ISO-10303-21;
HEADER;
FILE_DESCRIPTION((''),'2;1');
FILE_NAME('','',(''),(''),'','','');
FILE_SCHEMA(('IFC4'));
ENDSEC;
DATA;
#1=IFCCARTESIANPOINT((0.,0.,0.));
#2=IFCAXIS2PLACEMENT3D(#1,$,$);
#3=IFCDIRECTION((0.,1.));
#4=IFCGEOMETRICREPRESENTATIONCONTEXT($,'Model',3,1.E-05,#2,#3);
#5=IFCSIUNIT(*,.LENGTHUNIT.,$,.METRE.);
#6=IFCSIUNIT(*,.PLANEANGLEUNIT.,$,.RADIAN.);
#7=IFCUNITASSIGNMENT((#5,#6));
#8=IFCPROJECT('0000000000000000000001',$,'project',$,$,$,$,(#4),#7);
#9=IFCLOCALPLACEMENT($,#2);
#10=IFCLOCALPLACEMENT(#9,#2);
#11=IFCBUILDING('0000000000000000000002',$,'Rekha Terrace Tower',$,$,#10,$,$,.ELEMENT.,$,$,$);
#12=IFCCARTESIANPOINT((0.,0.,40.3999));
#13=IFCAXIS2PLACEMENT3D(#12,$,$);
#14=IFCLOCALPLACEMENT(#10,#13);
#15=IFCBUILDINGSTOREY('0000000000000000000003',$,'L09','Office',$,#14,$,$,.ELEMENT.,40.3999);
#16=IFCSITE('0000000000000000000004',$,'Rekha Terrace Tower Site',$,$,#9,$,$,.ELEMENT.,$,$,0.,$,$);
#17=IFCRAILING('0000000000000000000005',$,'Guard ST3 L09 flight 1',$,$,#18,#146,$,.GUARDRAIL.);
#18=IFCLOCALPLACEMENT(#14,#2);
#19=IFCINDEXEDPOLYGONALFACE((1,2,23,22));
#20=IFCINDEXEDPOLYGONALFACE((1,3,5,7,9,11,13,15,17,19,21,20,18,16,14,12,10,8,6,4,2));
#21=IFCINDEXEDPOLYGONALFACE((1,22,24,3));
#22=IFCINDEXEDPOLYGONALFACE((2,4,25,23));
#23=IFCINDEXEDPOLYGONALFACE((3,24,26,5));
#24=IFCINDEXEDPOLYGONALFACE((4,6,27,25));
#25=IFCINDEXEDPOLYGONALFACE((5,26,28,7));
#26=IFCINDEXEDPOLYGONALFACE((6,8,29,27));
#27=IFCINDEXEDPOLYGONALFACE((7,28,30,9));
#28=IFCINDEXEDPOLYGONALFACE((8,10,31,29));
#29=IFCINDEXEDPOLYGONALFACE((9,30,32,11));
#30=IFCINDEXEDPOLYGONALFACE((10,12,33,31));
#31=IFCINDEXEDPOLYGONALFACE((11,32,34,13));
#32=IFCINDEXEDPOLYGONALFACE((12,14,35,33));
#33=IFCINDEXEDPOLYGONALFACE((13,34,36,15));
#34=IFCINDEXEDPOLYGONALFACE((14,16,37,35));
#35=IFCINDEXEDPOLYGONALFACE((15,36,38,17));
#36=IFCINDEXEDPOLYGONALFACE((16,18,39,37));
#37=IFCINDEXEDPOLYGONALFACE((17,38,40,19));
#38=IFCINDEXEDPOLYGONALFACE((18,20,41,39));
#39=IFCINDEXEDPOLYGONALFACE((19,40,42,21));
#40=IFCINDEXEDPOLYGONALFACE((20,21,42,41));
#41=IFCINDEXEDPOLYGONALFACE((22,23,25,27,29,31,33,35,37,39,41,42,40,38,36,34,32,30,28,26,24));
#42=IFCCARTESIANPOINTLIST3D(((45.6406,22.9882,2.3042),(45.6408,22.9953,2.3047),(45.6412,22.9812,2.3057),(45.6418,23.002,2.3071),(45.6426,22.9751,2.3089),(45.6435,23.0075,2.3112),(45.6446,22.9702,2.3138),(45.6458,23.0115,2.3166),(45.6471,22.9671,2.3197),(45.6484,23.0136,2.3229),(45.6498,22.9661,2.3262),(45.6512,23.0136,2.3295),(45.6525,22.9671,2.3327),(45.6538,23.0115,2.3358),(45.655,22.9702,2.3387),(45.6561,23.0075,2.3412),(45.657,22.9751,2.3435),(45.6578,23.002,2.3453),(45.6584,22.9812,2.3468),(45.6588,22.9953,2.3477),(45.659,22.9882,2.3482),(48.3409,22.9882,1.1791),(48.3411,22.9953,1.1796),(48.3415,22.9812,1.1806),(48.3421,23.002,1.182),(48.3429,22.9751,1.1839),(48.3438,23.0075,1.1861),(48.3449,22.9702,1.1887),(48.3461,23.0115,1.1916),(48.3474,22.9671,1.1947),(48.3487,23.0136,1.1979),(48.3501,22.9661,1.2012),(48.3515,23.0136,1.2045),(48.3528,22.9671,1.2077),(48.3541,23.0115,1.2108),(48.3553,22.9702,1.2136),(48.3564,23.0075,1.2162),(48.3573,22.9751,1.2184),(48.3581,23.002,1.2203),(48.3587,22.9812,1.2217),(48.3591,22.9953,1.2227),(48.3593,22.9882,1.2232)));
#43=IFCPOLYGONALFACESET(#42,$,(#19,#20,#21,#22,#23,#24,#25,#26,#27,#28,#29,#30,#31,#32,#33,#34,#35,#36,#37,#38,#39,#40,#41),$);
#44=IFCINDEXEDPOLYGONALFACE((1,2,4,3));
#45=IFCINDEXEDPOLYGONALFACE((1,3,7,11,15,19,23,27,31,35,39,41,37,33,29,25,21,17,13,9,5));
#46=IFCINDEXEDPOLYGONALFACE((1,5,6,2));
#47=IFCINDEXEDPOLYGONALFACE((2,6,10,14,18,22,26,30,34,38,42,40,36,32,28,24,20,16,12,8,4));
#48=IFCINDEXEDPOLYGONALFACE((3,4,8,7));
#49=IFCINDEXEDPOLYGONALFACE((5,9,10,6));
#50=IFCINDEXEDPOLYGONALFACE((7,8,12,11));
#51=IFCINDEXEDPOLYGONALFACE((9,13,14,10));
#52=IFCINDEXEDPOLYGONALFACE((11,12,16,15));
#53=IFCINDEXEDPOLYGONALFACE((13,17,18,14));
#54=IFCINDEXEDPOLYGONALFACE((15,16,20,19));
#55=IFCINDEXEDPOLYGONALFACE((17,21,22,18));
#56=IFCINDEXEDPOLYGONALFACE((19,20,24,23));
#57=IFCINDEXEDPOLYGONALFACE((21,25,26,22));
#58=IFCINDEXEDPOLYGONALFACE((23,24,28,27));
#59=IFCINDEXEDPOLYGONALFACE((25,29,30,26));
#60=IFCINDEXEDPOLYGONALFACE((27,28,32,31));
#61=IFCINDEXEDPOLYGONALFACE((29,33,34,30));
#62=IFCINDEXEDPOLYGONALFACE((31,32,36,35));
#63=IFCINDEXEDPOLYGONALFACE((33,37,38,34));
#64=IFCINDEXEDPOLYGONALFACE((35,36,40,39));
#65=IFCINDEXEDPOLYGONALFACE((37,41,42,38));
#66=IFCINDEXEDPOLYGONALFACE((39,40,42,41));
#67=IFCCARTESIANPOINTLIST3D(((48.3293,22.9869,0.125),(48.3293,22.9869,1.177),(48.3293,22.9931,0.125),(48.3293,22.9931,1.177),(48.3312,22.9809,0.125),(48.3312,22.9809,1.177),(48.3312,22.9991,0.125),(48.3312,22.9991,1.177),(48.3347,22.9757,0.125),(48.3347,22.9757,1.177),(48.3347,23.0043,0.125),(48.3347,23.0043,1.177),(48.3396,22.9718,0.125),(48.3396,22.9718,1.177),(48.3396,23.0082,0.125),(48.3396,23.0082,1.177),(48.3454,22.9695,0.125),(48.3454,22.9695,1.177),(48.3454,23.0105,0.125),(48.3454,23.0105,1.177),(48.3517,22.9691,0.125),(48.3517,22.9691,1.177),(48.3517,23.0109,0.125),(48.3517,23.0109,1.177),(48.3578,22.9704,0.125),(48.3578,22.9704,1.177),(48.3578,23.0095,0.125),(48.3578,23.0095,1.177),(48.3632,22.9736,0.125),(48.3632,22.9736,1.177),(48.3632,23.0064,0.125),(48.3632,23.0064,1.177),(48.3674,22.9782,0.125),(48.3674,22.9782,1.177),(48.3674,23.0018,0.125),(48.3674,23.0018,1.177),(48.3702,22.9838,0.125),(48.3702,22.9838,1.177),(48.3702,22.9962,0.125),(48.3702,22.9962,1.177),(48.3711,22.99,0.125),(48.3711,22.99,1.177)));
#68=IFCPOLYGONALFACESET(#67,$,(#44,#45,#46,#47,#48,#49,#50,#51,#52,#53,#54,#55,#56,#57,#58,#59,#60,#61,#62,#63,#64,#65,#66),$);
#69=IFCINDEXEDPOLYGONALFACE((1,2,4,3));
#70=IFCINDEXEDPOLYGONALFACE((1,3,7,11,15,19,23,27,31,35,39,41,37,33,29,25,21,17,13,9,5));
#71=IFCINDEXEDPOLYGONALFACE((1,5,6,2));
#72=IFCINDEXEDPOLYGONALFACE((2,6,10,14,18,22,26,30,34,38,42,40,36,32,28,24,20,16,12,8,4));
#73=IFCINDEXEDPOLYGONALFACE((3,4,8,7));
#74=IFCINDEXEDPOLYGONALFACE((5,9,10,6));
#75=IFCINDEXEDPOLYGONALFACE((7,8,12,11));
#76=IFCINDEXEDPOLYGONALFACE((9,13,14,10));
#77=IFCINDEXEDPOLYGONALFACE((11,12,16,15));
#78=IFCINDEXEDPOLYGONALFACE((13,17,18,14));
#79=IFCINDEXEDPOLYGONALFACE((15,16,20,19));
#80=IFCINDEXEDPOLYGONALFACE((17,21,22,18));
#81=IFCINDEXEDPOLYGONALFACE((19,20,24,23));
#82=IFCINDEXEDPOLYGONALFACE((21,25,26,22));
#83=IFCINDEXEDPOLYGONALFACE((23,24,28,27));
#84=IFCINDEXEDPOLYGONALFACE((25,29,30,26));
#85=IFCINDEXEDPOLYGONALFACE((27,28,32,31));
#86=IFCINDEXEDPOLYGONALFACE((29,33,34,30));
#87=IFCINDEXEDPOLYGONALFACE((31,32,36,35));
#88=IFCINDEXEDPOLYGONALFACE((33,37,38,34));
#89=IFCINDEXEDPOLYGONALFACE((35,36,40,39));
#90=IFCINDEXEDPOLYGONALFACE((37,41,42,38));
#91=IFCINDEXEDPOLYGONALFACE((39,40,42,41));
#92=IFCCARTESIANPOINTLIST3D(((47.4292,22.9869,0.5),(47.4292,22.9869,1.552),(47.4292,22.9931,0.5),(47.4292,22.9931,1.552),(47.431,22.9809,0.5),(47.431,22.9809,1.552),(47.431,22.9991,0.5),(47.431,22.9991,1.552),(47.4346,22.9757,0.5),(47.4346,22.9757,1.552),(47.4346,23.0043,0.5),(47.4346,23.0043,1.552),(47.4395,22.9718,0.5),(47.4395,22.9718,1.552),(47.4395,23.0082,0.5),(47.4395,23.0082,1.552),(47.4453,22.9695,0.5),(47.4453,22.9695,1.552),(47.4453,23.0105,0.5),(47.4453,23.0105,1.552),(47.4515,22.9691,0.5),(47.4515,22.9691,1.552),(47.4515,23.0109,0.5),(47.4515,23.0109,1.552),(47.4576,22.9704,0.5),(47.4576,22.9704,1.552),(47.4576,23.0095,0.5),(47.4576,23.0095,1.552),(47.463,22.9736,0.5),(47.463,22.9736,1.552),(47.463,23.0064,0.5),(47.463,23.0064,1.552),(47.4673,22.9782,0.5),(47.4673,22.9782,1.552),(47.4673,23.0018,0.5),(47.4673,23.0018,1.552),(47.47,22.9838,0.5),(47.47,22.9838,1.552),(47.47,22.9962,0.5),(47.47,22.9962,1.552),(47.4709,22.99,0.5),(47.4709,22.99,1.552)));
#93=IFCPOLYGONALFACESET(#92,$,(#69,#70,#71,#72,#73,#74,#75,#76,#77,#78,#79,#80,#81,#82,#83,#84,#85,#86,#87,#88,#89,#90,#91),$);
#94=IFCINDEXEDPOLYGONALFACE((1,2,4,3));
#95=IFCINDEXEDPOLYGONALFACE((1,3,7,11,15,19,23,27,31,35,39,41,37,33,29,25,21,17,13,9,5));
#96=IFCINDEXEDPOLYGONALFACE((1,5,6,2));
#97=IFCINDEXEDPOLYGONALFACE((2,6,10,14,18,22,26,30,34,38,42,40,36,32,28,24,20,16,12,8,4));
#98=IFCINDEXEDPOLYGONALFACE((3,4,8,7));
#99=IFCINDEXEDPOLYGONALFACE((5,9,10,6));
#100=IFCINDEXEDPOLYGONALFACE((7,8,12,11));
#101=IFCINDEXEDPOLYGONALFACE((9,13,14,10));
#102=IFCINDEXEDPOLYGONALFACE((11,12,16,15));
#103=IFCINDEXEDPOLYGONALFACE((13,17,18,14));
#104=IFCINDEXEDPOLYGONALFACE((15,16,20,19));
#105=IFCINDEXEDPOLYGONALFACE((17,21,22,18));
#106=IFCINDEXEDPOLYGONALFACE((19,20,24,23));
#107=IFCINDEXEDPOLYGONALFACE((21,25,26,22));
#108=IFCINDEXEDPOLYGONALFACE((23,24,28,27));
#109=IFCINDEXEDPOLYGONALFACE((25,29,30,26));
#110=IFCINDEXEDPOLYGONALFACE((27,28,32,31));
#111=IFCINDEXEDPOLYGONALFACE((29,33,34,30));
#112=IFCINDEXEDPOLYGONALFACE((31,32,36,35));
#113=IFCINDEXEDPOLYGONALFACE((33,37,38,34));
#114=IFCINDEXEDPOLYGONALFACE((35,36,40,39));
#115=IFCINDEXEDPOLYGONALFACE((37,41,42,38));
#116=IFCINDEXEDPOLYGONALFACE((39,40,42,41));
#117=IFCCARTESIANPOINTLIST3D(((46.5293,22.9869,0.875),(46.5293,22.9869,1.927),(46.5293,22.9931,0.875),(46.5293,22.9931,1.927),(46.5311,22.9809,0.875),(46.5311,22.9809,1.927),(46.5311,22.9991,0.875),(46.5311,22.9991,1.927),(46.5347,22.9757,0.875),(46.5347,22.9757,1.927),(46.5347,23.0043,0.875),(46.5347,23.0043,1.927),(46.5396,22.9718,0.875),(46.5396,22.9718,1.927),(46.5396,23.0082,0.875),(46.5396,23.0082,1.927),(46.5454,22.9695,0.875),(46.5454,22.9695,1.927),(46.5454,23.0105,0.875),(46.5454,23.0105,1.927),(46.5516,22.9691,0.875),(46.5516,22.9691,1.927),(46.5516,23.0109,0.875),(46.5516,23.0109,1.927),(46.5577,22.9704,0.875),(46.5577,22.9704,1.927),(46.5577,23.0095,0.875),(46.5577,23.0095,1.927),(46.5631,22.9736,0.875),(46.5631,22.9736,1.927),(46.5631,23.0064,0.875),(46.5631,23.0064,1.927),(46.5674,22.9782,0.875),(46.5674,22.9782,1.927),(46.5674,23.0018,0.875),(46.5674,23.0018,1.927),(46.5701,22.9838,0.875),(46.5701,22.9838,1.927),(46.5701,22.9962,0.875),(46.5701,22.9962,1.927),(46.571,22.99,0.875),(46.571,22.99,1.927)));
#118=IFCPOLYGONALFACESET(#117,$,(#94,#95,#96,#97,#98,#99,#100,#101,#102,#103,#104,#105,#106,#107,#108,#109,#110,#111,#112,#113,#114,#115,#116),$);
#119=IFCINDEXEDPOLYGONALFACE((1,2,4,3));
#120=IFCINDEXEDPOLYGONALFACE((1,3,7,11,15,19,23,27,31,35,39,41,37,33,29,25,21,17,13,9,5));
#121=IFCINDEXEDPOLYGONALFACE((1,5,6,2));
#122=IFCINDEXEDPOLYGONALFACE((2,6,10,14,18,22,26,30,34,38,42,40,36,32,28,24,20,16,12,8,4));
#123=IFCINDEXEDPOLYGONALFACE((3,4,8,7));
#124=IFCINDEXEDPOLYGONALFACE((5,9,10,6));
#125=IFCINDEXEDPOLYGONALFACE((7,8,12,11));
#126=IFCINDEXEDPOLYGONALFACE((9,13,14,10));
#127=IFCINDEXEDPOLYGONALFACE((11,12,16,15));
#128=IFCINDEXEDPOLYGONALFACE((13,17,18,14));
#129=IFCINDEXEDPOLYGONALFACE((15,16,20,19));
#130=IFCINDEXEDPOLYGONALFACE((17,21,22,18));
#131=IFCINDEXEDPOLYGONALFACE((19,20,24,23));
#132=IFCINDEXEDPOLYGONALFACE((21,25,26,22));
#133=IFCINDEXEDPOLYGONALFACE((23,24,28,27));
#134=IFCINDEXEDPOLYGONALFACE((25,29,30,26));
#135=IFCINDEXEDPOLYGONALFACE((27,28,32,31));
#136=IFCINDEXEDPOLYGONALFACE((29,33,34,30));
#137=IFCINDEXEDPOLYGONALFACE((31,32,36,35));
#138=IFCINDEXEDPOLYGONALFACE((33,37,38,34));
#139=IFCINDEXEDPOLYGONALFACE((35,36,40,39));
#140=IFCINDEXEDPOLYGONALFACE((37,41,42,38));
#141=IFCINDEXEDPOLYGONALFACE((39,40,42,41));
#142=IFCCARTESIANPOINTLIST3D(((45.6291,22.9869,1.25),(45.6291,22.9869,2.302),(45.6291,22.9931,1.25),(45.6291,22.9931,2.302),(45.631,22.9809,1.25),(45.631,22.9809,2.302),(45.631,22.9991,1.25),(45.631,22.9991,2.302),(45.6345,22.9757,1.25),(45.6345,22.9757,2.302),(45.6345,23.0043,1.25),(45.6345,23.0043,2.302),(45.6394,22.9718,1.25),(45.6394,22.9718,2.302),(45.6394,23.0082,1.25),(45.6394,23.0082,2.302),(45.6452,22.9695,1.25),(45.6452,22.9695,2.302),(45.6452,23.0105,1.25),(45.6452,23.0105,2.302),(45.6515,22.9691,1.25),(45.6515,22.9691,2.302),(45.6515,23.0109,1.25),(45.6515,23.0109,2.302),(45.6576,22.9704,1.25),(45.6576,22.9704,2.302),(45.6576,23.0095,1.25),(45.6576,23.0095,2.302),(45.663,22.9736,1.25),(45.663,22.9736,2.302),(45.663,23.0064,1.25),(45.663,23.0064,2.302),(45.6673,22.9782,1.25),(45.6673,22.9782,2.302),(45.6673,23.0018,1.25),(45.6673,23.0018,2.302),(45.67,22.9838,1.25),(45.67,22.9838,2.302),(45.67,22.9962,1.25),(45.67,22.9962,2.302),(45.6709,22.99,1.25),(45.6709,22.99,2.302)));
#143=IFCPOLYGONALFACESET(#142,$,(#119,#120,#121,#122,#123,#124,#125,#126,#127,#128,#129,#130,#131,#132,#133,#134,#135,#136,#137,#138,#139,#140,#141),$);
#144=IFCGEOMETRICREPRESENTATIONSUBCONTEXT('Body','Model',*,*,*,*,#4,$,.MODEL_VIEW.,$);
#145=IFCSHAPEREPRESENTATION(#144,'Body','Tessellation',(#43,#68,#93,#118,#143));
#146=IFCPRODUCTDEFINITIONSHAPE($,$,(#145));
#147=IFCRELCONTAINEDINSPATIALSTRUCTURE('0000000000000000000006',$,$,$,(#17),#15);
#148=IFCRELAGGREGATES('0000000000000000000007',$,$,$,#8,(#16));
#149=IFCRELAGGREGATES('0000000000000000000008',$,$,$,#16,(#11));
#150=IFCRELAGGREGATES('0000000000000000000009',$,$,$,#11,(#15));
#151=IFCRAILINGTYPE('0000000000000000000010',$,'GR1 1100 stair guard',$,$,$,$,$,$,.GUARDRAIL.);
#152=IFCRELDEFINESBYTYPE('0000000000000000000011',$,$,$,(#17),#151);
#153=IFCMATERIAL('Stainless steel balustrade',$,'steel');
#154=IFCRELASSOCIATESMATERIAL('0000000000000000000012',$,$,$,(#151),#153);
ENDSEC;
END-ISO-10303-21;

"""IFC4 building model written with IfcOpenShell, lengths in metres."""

from ifc_helpers import new_model, si_unit, direction, frame, origin, origin_2d, place, context, subcontext, project, spatial, circle, extrude, material, type_object, element, save


model = new_model("IFC4")

# Units and contexts
model_context = context("Model", 3, precision=1e-05, world=origin(), true_north=direction((0.0, 1.0)))
body_context = subcontext(model_context, "Body", "Model", "MODEL_VIEW")
ifc_project = project(units=[si_unit("LENGTHUNIT", "METRE"), si_unit("PLANEANGLEUNIT", "RADIAN")], contexts=[model_context])

# Site, building, storey
site_placement = place(None, origin())
site = spatial("IfcSite", under=ifc_project, at=site_placement, Name="Rekha Terrace Tower Site", CompositionType="ELEMENT", RefElevation=0.0)
building_placement = place(site_placement, origin())
building = spatial("IfcBuilding", under=site, at=building_placement, Name="Rekha Terrace Tower", CompositionType="ELEMENT")
storey_placement = place(building_placement, frame((0.0, 0.0, 40.3999)))
storey = spatial("IfcBuildingStorey", under=building, at=storey_placement, Name="L09", Description="Office", CompositionType="ELEMENT", Elevation=40.3999)

# Railing
ifc_material_1 = material(Name="Stainless steel balustrade", Category="steel")
railing_type_1 = type_object("IfcRailingType", Name="GR1 1100 stair guard", PredefinedType="GUARDRAIL", material=ifc_material_1)
railing_1_placement = place(storey_placement, frame((48.3501, 22.99, 0.125)))
element("IfcRailing", 1, at=railing_1_placement, inside=storey, type_object=railing_type_1, Name="Guard ST3 L09 flight 1", PredefinedType="GUARDRAIL", context=body_context, shape_type="SweptSolid", body=[
    extrude(circle(Radius=0.0239, at=origin_2d()), frame((0.0, 0.0, 1.0762), z_axis=(-0.923087, 0.0, 0.384592), x_axis=(0.0, -1.0, 0.0)), (0.0, 0.0, 1.0), 2.9253),
    extrude(circle(Radius=0.021, at=origin_2d()), origin(), (0.0, 0.0, 1.0), 1.052),
    extrude(circle(Radius=0.021, at=origin_2d()), frame((-0.9001, 0.0, 0.375)), (0.0, 0.0, 1.0), 1.052),
    extrude(circle(Radius=0.021, at=origin_2d()), frame((-1.8, 0.0, 0.75)), (0.0, 0.0, 1.0), 1.052),
    extrude(circle(Radius=0.021, at=origin_2d()), frame((-2.7002, 0.0, 1.125)), (0.0, 0.0, 1.0), 1.052),
])

save(model, "model.ifc")
